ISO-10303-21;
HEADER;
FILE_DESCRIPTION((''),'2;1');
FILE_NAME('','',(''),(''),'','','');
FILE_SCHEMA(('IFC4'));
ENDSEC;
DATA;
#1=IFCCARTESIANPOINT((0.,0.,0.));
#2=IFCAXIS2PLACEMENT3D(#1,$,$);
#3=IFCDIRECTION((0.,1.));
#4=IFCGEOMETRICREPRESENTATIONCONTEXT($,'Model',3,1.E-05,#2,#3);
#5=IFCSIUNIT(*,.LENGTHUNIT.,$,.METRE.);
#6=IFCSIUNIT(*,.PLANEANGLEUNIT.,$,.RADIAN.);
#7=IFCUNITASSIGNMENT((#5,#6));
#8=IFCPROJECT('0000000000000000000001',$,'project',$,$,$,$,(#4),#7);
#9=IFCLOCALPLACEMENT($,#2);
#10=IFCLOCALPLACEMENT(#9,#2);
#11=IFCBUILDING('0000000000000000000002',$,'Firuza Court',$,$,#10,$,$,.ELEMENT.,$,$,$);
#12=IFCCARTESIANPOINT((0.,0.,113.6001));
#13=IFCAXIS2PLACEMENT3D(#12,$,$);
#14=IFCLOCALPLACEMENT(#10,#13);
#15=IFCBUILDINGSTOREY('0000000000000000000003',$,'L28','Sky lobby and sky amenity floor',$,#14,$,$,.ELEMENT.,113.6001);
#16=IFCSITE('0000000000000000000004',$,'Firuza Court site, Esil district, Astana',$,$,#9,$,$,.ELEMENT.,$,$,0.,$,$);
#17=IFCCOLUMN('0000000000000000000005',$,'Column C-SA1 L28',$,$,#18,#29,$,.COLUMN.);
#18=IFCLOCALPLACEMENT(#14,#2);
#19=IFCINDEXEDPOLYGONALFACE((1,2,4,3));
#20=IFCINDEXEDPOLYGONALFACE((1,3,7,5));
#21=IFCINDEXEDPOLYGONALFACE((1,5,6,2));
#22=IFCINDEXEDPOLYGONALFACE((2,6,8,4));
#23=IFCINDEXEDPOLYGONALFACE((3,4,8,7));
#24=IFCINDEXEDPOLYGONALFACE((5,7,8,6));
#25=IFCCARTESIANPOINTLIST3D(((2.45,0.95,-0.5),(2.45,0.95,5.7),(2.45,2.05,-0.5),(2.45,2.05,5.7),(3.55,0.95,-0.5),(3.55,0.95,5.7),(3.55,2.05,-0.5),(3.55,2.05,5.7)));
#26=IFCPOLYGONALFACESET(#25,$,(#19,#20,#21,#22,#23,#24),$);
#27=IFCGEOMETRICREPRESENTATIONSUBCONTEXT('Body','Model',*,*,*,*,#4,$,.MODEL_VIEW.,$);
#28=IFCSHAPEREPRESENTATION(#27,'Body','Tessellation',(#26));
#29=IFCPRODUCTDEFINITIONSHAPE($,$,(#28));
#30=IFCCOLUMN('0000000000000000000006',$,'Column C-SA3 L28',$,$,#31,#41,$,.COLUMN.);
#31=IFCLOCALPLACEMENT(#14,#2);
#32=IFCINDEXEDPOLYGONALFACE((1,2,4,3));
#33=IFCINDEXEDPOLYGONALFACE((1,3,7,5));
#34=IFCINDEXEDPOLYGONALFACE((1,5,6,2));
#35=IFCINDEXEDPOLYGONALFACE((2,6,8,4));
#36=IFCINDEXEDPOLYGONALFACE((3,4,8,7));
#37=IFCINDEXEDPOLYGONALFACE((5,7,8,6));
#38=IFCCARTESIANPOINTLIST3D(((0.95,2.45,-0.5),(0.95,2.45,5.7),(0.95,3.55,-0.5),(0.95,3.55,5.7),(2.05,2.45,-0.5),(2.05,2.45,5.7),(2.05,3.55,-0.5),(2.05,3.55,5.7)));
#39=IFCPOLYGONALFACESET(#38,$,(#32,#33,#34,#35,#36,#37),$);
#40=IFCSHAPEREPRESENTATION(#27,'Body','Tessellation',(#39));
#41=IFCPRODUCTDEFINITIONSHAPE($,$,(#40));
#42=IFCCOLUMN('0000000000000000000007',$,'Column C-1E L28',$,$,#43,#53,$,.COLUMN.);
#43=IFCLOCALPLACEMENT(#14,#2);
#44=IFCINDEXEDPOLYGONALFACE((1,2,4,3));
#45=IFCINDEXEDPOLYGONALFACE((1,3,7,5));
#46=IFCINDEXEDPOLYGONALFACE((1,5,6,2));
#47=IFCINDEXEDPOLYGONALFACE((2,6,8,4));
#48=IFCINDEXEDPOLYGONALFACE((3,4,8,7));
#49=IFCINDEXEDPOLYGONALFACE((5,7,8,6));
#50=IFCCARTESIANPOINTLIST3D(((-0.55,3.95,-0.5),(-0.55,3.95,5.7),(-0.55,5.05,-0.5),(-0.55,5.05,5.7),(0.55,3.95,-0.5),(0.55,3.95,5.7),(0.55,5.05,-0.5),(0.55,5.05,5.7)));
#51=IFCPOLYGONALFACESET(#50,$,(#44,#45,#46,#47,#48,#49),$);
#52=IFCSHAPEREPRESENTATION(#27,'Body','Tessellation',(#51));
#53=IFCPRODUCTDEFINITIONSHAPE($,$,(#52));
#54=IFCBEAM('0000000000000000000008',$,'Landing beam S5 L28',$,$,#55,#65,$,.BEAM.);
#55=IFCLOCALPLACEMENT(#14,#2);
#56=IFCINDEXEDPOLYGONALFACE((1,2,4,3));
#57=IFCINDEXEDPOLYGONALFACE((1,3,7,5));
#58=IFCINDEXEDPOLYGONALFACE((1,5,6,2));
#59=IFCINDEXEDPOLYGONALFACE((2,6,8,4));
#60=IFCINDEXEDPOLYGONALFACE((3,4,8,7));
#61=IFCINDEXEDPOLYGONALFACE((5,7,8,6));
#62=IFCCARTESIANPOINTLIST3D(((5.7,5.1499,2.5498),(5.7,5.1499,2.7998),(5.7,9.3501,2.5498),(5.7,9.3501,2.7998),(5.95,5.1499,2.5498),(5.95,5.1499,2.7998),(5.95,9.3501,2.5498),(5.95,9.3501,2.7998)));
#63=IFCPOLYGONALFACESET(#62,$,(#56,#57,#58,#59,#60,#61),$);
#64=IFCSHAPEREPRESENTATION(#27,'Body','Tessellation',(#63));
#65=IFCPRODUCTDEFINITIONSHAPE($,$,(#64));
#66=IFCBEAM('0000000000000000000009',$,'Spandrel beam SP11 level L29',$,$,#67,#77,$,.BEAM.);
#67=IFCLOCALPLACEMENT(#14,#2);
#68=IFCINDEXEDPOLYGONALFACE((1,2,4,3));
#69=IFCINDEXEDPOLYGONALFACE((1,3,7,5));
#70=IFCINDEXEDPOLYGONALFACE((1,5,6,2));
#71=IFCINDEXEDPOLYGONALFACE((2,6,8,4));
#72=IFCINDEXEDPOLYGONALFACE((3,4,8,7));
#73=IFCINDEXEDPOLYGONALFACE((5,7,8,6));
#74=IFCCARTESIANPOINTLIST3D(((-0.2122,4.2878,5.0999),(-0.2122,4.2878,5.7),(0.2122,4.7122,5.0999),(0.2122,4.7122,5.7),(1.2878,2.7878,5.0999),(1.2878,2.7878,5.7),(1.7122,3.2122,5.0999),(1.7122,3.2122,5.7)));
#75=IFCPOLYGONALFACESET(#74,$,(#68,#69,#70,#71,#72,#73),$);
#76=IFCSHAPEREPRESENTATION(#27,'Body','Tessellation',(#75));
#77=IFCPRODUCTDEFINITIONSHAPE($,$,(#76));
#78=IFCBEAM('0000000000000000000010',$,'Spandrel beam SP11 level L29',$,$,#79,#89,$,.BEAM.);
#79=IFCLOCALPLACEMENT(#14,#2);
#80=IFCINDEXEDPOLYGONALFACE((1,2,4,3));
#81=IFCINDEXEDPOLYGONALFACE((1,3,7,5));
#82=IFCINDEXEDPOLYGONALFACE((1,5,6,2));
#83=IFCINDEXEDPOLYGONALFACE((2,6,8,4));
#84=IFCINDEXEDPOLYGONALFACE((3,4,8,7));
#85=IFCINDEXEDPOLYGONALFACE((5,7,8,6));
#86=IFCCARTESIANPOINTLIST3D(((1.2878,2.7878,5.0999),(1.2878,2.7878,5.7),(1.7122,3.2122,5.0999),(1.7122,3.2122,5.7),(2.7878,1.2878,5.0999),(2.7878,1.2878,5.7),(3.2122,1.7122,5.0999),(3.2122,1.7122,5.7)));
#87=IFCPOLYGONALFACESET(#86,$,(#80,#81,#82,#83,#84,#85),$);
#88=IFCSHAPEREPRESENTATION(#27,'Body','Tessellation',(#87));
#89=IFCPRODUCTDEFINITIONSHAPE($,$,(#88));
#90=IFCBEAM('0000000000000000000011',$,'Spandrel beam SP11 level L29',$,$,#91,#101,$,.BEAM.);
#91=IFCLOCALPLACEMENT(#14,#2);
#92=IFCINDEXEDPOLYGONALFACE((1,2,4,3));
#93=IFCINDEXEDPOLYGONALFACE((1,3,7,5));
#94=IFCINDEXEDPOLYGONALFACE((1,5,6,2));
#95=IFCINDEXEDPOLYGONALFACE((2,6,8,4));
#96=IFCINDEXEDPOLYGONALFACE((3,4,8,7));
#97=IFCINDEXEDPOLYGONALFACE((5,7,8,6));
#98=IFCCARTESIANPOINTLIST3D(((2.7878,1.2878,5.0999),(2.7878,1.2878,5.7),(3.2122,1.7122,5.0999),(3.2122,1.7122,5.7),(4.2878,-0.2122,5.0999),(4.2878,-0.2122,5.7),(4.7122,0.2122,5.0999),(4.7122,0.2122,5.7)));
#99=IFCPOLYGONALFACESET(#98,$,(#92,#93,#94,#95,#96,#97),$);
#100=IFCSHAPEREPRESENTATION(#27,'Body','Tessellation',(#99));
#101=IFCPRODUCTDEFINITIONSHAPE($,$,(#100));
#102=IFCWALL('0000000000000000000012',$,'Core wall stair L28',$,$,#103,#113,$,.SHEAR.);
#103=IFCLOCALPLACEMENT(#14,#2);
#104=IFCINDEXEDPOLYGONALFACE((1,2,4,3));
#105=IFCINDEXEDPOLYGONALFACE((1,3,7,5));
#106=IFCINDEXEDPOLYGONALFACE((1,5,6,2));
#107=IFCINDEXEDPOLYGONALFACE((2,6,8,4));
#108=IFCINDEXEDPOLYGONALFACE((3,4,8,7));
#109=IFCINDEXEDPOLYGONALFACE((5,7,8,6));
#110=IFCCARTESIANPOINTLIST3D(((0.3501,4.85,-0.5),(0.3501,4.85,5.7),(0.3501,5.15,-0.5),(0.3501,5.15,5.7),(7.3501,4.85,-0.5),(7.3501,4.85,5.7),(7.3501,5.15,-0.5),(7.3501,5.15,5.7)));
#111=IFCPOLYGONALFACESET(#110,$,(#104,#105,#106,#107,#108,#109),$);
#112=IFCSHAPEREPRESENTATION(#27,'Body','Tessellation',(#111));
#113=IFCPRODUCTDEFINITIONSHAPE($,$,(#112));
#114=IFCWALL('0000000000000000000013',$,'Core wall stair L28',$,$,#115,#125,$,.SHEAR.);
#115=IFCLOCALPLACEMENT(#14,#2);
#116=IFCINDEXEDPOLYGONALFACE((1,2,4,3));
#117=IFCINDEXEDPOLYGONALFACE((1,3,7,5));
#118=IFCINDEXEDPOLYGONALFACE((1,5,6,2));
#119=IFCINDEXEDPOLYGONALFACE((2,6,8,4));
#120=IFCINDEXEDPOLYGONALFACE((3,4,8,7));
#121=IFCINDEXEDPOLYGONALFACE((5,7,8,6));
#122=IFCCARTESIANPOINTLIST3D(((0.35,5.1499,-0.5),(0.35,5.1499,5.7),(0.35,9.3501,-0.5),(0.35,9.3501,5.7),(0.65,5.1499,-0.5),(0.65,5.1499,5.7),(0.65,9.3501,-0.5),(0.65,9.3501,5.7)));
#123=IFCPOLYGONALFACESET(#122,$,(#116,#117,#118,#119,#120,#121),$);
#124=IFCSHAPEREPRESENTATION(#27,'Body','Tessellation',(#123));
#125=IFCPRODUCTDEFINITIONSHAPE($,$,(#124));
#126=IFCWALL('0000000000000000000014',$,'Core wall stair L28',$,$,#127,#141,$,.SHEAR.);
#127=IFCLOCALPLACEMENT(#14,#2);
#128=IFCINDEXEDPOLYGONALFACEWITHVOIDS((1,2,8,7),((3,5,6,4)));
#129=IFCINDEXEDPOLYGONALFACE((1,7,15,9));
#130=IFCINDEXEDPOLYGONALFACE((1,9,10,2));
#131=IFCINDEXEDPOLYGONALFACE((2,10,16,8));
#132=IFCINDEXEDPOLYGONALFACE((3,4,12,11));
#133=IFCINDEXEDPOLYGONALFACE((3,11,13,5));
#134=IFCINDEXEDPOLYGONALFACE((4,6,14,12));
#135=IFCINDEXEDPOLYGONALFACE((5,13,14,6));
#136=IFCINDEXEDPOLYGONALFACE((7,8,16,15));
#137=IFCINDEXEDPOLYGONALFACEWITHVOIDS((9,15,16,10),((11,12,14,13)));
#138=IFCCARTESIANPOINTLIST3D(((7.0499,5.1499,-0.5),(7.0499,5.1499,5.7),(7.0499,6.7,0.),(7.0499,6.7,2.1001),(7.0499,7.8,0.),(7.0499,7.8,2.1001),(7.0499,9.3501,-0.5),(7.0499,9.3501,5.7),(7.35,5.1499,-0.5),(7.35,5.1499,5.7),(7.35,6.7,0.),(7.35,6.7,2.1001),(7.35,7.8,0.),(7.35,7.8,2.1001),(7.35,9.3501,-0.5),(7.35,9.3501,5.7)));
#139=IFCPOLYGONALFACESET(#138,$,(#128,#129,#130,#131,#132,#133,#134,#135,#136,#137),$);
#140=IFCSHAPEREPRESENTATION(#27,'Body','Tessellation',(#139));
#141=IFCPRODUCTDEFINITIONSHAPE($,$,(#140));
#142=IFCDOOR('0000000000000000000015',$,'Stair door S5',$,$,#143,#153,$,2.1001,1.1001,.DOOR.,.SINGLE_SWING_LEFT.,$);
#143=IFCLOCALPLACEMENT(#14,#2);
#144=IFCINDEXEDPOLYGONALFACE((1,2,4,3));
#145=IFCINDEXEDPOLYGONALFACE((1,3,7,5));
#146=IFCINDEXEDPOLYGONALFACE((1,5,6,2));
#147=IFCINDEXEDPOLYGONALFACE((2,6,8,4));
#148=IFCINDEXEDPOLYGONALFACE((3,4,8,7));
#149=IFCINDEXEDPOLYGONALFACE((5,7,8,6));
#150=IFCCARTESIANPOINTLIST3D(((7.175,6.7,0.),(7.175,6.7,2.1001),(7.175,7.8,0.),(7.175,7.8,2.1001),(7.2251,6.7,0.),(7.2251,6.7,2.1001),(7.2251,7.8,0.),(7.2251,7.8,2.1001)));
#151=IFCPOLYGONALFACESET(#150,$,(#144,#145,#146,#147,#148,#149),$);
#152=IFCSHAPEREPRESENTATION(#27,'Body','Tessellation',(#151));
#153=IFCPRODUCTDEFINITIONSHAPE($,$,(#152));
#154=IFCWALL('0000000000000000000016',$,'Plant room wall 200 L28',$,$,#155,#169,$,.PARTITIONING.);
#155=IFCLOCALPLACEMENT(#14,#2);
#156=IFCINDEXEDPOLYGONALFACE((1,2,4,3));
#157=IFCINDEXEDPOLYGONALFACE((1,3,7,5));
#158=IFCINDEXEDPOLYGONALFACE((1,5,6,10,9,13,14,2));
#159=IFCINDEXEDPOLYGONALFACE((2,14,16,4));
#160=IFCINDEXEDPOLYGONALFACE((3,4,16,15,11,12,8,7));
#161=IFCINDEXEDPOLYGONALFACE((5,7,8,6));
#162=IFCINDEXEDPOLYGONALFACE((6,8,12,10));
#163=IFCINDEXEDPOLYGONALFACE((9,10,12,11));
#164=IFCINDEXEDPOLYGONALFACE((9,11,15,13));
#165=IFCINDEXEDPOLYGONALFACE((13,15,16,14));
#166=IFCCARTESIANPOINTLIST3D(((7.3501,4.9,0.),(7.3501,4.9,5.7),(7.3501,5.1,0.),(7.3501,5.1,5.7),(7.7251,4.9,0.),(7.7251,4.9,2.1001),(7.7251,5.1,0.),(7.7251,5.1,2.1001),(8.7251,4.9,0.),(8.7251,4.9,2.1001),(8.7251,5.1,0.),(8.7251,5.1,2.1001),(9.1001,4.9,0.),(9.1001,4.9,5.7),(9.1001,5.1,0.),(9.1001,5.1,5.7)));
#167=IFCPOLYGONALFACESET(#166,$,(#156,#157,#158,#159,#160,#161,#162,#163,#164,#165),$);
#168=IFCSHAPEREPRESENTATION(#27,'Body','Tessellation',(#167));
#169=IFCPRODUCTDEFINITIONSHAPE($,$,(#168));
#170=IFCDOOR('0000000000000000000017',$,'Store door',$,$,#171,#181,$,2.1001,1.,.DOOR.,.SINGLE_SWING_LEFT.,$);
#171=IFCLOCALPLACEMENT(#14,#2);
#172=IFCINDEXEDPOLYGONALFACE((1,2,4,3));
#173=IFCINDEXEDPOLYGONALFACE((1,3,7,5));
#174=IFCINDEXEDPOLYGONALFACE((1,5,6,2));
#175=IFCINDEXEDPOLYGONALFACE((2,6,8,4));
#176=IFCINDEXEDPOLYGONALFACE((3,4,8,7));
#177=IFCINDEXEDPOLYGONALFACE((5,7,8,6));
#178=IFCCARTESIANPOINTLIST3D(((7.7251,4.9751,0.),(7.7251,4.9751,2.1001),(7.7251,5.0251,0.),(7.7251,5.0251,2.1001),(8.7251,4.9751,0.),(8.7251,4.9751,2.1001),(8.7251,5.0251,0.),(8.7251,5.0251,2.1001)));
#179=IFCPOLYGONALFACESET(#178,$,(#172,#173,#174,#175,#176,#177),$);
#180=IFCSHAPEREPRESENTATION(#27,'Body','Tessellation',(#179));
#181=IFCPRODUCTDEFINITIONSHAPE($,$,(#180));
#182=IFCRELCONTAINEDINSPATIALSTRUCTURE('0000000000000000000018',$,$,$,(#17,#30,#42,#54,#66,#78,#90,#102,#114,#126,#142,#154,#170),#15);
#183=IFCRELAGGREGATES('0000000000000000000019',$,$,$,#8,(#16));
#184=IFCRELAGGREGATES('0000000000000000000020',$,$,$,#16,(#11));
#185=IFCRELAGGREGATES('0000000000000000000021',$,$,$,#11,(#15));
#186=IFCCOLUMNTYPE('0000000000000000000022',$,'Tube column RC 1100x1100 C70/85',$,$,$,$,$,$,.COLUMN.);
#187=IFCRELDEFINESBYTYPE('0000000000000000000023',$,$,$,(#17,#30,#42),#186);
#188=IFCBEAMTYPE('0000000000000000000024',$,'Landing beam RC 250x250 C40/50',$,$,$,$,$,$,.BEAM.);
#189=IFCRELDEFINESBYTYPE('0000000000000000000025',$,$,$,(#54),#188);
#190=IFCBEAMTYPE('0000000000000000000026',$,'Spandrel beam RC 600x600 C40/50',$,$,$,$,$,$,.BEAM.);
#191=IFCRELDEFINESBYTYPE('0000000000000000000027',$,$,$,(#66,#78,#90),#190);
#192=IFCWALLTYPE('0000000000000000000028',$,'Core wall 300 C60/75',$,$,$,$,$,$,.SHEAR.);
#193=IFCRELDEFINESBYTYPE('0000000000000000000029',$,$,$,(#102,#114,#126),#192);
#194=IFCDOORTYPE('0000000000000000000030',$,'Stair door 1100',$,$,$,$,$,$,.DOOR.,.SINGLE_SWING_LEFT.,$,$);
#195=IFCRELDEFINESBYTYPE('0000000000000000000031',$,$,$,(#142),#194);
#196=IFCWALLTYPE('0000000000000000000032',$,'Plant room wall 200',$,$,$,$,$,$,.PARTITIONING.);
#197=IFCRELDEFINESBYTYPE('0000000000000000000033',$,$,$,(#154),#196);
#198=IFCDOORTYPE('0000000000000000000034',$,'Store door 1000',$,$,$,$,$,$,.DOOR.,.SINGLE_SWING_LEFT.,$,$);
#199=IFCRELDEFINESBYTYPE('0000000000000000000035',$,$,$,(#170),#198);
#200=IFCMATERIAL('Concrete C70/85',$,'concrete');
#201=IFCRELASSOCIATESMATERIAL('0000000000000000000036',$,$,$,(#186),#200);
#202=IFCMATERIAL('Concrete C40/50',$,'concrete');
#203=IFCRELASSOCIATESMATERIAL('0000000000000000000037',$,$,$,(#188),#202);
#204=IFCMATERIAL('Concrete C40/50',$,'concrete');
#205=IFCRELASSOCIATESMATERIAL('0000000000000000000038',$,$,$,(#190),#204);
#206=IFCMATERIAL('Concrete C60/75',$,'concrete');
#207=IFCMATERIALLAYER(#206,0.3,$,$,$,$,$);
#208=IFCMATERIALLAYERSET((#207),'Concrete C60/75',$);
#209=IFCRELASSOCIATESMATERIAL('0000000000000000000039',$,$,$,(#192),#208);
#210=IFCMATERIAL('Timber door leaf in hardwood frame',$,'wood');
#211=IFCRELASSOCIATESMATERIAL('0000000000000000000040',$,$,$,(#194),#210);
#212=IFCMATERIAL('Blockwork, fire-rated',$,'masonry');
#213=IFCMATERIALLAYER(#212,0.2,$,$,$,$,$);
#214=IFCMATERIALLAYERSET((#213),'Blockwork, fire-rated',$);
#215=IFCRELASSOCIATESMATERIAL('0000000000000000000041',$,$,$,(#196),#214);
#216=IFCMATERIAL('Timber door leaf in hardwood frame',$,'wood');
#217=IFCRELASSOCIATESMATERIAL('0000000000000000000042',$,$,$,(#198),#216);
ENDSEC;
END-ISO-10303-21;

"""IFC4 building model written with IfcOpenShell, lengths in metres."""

from ifc_helpers import new_model, si_unit, direction, frame, frame_2d, origin, origin_2d, place, context, subcontext, project, spatial, rectangle, extrude, material, layer, layer_set, material_profile, profile_set, type_object, element, fill, save


model = new_model("IFC4")

# Units and contexts
model_context = context("Model", 3, precision=1e-05, world=origin(), true_north=direction((0.0, 1.0)))
body_context = subcontext(model_context, "Body", "Model", "MODEL_VIEW")
ifc_project = project(units=[si_unit("LENGTHUNIT", "METRE"), si_unit("PLANEANGLEUNIT", "RADIAN")], contexts=[model_context])

# Site, building, storey
site_placement = place(None, origin())
site = spatial("IfcSite", under=ifc_project, at=site_placement, Name="Firuza Court site, Esil district, Astana", CompositionType="ELEMENT", RefElevation=0.0)
building_placement = place(site_placement, origin())
building = spatial("IfcBuilding", under=site, at=building_placement, Name="Firuza Court", CompositionType="ELEMENT")
storey_placement = place(building_placement, frame((0.0, 0.0, 113.6001)))
storey = spatial("IfcBuildingStorey", under=building, at=storey_placement, Name="L28", Description="Sky lobby and sky amenity floor", CompositionType="ELEMENT", Elevation=113.6001)

# Columns
ifc_material_1 = material(Name="Concrete C70/85", Category="concrete")
ifc_material_profile_1 = material_profile(ifc_material_1, rectangle(XDim=1.1001, YDim=1.1001, at=origin_2d()), Name="RC 1100x1100")
ifc_profile_set_1 = profile_set([ifc_material_profile_1], Name="Concrete C70/85")
column_type = type_object("IfcColumnType", Name="Tube column RC 1100x1100 C70/85", PredefinedType="COLUMN", material=ifc_profile_set_1)
for number, where, z_axis, x_axis, name in (
    (1, (3.0, 1.5, -0.5), (0.0, 0.0, 1.0), (1.0, 0.0, 0.0), "Column C-SA1 L28"),
    (2, (1.5, 3.0, -0.5), (0.0, 0.0, 1.0), (1.0, 0.0, 0.0), "Column C-SA3 L28"),
    (3, (0.0, 4.5, -0.5), (0.0, 0.0, 1.0), (1.0, 0.0, 0.0), "Column C-1E L28"),
):
    element("IfcColumn", number, at=place(storey_placement, frame(where, z_axis=z_axis, x_axis=x_axis)), inside=storey, type_object=column_type, Name=name, PredefinedType="COLUMN", context=body_context, shape_type="SweptSolid", body=[
        extrude(rectangle(XDim=1.1001, YDim=1.1001, at=origin_2d()), origin(), (0.0, 0.0, 1.0), 6.2),
    ])

# Beams
ifc_material_2 = material(Name="Concrete C40/50", Category="concrete")
ifc_material_profile_2 = material_profile(ifc_material_2, rectangle(XDim=0.25, YDim=0.25, at=origin_2d()), Name="RC 250x250")
ifc_profile_set_2 = profile_set([ifc_material_profile_2], Name="Concrete C40/50")
beam_type_1 = type_object("IfcBeamType", Name="Landing beam RC 250x250 C40/50", PredefinedType="BEAM", material=ifc_profile_set_2)
beam_placement = place(storey_placement, frame((5.825, 5.1499, 2.6748), z_axis=(0.0, 1.0, 0.0), x_axis=(-1.0, 0.0, 0.0)))
element("IfcBeam", 4, at=beam_placement, inside=storey, type_object=beam_type_1, Name="Landing beam S5 L28", PredefinedType="BEAM", context=body_context, shape_type="SweptSolid", body=[
    extrude(rectangle(XDim=0.25, YDim=0.25, at=origin_2d()), origin(), (0.0, 0.0, 1.0), 4.2002),
])
ifc_material_3 = material(Name="Concrete C40/50", Category="concrete")
ifc_material_profile_3 = material_profile(ifc_material_3, rectangle(XDim=0.6001, YDim=0.6001, at=origin_2d()), Name="RC 600x600")
ifc_profile_set_3 = profile_set([ifc_material_profile_3], Name="Concrete C40/50")
beam_type_2 = type_object("IfcBeamType", Name="Spandrel beam RC 600x600 C40/50", PredefinedType="BEAM", material=ifc_profile_set_3)
for number, where, z_axis, x_axis, name in (
    (5, (0.0, 4.5, 5.3999), (0.707107, -0.707107, 0.0), (0.707107, 0.707107, 0.0), "Spandrel beam SP11 level L29"),
    (6, (1.5, 3.0, 5.3999), (0.707107, -0.707107, 0.0), (0.707107, 0.707107, 0.0), "Spandrel beam SP11 level L29"),
    (7, (3.0, 1.5, 5.3999), (0.707107, -0.707107, 0.0), (0.707107, 0.707107, 0.0), "Spandrel beam SP11 level L29"),
):
    element("IfcBeam", number, at=place(storey_placement, frame(where, z_axis=z_axis, x_axis=x_axis)), inside=storey, type_object=beam_type_2, Name=name, PredefinedType="BEAM", context=body_context, shape_type="SweptSolid", body=[
        extrude(rectangle(XDim=0.6001, YDim=0.6001, at=origin_2d()), origin(), (0.0, 0.0, 1.0), 2.1213),
    ])

# Walls
ifc_material_4 = material(Name="Concrete C60/75", Category="concrete")
ifc_layer_1 = layer(ifc_material_4, 0.3)
ifc_layer_set_1 = layer_set([ifc_layer_1], Name="Concrete C60/75")
wall_type_1 = type_object("IfcWallType", Name="Core wall 300 C60/75", PredefinedType="SHEAR", material=ifc_layer_set_1)
wall_1_placement = place(storey_placement, frame((0.3501, 5.0, -0.5), z_axis=(0.0, 0.0, 1.0), x_axis=(1.0, 0.0, 0.0)))
element("IfcWall", 8, at=wall_1_placement, inside=storey, type_object=wall_type_1, Name="Core wall stair L28", PredefinedType="SHEAR", context=body_context, shape_type="SweptSolid", body=[
    extrude(rectangle(XDim=7.0, YDim=0.3, at=frame_2d((3.5, 0.0))), origin(), (0.0, 0.0, 1.0), 6.2),
])
wall_2_placement = place(storey_placement, frame((0.5, 5.1499, -0.5), z_axis=(0.0, 0.0, 1.0), x_axis=(0.0, 1.0, 0.0)))
element("IfcWall", 9, at=wall_2_placement, inside=storey, type_object=wall_type_1, Name="Core wall stair L28", PredefinedType="SHEAR", context=body_context, shape_type="SweptSolid", body=[
    extrude(rectangle(XDim=4.2002, YDim=0.3, at=frame_2d((2.1001, 0.0))), origin(), (0.0, 0.0, 1.0), 6.2),
])

# Walls, openings, doors
wall_3_placement = place(storey_placement, frame((7.2, 5.1499, -0.5), z_axis=(0.0, 0.0, 1.0), x_axis=(0.0, 1.0, 0.0)))
wall_3 = element("IfcWall", 10, at=wall_3_placement, inside=storey, type_object=wall_type_1, Name="Core wall stair L28", PredefinedType="SHEAR", context=body_context, shape_type="SweptSolid", body=[
    extrude(rectangle(XDim=4.2002, YDim=0.3, at=frame_2d((2.1001, 0.0))), origin(), (0.0, 0.0, 1.0), 6.2),
])
opening_1_placement = place(wall_3_placement, frame((1.55, 0.0, 0.5)))
opening_1 = element("IfcOpeningElement", 11, at=opening_1_placement, cuts=wall_3, PredefinedType="OPENING", context=body_context, shape_type="SweptSolid", body=[
    extrude(rectangle(XDim=1.1001, YDim=2.1001, at=frame_2d((0.55, 1.05))), frame((0.0, 0.1621, 0.0), z_axis=(0.0, -1.0, 0.0), x_axis=(1.0, 0.0, 0.0)), (0.0, 0.0, 1.0), 0.324),
])
ifc_material_5 = material(Name="Timber door leaf in hardwood frame", Category="wood")
door_type_1 = type_object("IfcDoorType", Name="Stair door 1100", OperationType="SINGLE_SWING_LEFT", PredefinedType="DOOR", material=ifc_material_5)
door_1_placement = place(opening_1_placement, origin())
door_1 = element("IfcDoor", 12, at=door_1_placement, inside=storey, type_object=door_type_1, Name="Stair door S5", OperationType="SINGLE_SWING_LEFT", OverallHeight=2.1001, OverallWidth=1.1001, PredefinedType="DOOR", context=body_context, shape_type="SweptSolid", body=[
    extrude(rectangle(XDim=1.1001, YDim=2.1001, at=frame_2d((0.55, 1.05))), frame((0.0, 0.0249, 0.0), z_axis=(0.0, -1.0, 0.0), x_axis=(1.0, 0.0, 0.0)), (0.0, 0.0, 1.0), 0.05),
])
fill(opening_1, door_1)
ifc_material_6 = material(Name="Blockwork, fire-rated", Category="masonry")
ifc_layer_2 = layer(ifc_material_6, 0.2)
ifc_layer_set_2 = layer_set([ifc_layer_2], Name="Blockwork, fire-rated")
wall_type_2 = type_object("IfcWallType", Name="Plant room wall 200", PredefinedType="PARTITIONING", material=ifc_layer_set_2)
wall_4_placement = place(storey_placement, frame((7.3501, 5.0, 0.0), z_axis=(0.0, 0.0, 1.0), x_axis=(1.0, 0.0, 0.0)))
wall_4 = element("IfcWall", 13, at=wall_4_placement, inside=storey, type_object=wall_type_2, Name="Plant room wall 200 L28", PredefinedType="PARTITIONING", context=body_context, shape_type="SweptSolid", body=[
    extrude(rectangle(XDim=1.75, YDim=0.2, at=frame_2d((0.875, 0.0))), origin(), (0.0, 0.0, 1.0), 5.7),
])
opening_2_placement = place(wall_4_placement, frame((0.375, 0.0, 0.0)))
opening_2 = element("IfcOpeningElement", 14, at=opening_2_placement, cuts=wall_4, PredefinedType="OPENING", context=body_context, shape_type="SweptSolid", body=[
    extrude(rectangle(XDim=1.0, YDim=2.1001, at=frame_2d((0.5, 1.05))), frame((0.0, 0.1118, 0.0), z_axis=(0.0, -1.0, 0.0), x_axis=(1.0, 0.0, 0.0)), (0.0, 0.0, 1.0), 0.2239),
])
ifc_material_7 = material(Name="Timber door leaf in hardwood frame", Category="wood")
door_type_2 = type_object("IfcDoorType", Name="Store door 1000", OperationType="SINGLE_SWING_LEFT", PredefinedType="DOOR", material=ifc_material_7)
door_2_placement = place(opening_2_placement, frame((1.0, 0.0, 0.0), z_axis=(0.0, 0.0, 1.0), x_axis=(-1.0, 0.0, 0.0)))
door_2 = element("IfcDoor", 15, at=door_2_placement, inside=storey, type_object=door_type_2, Name="Store door", OperationType="SINGLE_SWING_LEFT", OverallHeight=2.1001, OverallWidth=1.0, PredefinedType="DOOR", context=body_context, shape_type="SweptSolid", body=[
    extrude(rectangle(XDim=1.0, YDim=2.1001, at=frame_2d((0.5, 1.05))), frame((0.0, 0.0249, 0.0), z_axis=(0.0, -1.0, 0.0), x_axis=(1.0, 0.0, 0.0)), (0.0, 0.0, 1.0), 0.05),
])
fill(opening_2, door_2)

save(model, "model.ifc")
